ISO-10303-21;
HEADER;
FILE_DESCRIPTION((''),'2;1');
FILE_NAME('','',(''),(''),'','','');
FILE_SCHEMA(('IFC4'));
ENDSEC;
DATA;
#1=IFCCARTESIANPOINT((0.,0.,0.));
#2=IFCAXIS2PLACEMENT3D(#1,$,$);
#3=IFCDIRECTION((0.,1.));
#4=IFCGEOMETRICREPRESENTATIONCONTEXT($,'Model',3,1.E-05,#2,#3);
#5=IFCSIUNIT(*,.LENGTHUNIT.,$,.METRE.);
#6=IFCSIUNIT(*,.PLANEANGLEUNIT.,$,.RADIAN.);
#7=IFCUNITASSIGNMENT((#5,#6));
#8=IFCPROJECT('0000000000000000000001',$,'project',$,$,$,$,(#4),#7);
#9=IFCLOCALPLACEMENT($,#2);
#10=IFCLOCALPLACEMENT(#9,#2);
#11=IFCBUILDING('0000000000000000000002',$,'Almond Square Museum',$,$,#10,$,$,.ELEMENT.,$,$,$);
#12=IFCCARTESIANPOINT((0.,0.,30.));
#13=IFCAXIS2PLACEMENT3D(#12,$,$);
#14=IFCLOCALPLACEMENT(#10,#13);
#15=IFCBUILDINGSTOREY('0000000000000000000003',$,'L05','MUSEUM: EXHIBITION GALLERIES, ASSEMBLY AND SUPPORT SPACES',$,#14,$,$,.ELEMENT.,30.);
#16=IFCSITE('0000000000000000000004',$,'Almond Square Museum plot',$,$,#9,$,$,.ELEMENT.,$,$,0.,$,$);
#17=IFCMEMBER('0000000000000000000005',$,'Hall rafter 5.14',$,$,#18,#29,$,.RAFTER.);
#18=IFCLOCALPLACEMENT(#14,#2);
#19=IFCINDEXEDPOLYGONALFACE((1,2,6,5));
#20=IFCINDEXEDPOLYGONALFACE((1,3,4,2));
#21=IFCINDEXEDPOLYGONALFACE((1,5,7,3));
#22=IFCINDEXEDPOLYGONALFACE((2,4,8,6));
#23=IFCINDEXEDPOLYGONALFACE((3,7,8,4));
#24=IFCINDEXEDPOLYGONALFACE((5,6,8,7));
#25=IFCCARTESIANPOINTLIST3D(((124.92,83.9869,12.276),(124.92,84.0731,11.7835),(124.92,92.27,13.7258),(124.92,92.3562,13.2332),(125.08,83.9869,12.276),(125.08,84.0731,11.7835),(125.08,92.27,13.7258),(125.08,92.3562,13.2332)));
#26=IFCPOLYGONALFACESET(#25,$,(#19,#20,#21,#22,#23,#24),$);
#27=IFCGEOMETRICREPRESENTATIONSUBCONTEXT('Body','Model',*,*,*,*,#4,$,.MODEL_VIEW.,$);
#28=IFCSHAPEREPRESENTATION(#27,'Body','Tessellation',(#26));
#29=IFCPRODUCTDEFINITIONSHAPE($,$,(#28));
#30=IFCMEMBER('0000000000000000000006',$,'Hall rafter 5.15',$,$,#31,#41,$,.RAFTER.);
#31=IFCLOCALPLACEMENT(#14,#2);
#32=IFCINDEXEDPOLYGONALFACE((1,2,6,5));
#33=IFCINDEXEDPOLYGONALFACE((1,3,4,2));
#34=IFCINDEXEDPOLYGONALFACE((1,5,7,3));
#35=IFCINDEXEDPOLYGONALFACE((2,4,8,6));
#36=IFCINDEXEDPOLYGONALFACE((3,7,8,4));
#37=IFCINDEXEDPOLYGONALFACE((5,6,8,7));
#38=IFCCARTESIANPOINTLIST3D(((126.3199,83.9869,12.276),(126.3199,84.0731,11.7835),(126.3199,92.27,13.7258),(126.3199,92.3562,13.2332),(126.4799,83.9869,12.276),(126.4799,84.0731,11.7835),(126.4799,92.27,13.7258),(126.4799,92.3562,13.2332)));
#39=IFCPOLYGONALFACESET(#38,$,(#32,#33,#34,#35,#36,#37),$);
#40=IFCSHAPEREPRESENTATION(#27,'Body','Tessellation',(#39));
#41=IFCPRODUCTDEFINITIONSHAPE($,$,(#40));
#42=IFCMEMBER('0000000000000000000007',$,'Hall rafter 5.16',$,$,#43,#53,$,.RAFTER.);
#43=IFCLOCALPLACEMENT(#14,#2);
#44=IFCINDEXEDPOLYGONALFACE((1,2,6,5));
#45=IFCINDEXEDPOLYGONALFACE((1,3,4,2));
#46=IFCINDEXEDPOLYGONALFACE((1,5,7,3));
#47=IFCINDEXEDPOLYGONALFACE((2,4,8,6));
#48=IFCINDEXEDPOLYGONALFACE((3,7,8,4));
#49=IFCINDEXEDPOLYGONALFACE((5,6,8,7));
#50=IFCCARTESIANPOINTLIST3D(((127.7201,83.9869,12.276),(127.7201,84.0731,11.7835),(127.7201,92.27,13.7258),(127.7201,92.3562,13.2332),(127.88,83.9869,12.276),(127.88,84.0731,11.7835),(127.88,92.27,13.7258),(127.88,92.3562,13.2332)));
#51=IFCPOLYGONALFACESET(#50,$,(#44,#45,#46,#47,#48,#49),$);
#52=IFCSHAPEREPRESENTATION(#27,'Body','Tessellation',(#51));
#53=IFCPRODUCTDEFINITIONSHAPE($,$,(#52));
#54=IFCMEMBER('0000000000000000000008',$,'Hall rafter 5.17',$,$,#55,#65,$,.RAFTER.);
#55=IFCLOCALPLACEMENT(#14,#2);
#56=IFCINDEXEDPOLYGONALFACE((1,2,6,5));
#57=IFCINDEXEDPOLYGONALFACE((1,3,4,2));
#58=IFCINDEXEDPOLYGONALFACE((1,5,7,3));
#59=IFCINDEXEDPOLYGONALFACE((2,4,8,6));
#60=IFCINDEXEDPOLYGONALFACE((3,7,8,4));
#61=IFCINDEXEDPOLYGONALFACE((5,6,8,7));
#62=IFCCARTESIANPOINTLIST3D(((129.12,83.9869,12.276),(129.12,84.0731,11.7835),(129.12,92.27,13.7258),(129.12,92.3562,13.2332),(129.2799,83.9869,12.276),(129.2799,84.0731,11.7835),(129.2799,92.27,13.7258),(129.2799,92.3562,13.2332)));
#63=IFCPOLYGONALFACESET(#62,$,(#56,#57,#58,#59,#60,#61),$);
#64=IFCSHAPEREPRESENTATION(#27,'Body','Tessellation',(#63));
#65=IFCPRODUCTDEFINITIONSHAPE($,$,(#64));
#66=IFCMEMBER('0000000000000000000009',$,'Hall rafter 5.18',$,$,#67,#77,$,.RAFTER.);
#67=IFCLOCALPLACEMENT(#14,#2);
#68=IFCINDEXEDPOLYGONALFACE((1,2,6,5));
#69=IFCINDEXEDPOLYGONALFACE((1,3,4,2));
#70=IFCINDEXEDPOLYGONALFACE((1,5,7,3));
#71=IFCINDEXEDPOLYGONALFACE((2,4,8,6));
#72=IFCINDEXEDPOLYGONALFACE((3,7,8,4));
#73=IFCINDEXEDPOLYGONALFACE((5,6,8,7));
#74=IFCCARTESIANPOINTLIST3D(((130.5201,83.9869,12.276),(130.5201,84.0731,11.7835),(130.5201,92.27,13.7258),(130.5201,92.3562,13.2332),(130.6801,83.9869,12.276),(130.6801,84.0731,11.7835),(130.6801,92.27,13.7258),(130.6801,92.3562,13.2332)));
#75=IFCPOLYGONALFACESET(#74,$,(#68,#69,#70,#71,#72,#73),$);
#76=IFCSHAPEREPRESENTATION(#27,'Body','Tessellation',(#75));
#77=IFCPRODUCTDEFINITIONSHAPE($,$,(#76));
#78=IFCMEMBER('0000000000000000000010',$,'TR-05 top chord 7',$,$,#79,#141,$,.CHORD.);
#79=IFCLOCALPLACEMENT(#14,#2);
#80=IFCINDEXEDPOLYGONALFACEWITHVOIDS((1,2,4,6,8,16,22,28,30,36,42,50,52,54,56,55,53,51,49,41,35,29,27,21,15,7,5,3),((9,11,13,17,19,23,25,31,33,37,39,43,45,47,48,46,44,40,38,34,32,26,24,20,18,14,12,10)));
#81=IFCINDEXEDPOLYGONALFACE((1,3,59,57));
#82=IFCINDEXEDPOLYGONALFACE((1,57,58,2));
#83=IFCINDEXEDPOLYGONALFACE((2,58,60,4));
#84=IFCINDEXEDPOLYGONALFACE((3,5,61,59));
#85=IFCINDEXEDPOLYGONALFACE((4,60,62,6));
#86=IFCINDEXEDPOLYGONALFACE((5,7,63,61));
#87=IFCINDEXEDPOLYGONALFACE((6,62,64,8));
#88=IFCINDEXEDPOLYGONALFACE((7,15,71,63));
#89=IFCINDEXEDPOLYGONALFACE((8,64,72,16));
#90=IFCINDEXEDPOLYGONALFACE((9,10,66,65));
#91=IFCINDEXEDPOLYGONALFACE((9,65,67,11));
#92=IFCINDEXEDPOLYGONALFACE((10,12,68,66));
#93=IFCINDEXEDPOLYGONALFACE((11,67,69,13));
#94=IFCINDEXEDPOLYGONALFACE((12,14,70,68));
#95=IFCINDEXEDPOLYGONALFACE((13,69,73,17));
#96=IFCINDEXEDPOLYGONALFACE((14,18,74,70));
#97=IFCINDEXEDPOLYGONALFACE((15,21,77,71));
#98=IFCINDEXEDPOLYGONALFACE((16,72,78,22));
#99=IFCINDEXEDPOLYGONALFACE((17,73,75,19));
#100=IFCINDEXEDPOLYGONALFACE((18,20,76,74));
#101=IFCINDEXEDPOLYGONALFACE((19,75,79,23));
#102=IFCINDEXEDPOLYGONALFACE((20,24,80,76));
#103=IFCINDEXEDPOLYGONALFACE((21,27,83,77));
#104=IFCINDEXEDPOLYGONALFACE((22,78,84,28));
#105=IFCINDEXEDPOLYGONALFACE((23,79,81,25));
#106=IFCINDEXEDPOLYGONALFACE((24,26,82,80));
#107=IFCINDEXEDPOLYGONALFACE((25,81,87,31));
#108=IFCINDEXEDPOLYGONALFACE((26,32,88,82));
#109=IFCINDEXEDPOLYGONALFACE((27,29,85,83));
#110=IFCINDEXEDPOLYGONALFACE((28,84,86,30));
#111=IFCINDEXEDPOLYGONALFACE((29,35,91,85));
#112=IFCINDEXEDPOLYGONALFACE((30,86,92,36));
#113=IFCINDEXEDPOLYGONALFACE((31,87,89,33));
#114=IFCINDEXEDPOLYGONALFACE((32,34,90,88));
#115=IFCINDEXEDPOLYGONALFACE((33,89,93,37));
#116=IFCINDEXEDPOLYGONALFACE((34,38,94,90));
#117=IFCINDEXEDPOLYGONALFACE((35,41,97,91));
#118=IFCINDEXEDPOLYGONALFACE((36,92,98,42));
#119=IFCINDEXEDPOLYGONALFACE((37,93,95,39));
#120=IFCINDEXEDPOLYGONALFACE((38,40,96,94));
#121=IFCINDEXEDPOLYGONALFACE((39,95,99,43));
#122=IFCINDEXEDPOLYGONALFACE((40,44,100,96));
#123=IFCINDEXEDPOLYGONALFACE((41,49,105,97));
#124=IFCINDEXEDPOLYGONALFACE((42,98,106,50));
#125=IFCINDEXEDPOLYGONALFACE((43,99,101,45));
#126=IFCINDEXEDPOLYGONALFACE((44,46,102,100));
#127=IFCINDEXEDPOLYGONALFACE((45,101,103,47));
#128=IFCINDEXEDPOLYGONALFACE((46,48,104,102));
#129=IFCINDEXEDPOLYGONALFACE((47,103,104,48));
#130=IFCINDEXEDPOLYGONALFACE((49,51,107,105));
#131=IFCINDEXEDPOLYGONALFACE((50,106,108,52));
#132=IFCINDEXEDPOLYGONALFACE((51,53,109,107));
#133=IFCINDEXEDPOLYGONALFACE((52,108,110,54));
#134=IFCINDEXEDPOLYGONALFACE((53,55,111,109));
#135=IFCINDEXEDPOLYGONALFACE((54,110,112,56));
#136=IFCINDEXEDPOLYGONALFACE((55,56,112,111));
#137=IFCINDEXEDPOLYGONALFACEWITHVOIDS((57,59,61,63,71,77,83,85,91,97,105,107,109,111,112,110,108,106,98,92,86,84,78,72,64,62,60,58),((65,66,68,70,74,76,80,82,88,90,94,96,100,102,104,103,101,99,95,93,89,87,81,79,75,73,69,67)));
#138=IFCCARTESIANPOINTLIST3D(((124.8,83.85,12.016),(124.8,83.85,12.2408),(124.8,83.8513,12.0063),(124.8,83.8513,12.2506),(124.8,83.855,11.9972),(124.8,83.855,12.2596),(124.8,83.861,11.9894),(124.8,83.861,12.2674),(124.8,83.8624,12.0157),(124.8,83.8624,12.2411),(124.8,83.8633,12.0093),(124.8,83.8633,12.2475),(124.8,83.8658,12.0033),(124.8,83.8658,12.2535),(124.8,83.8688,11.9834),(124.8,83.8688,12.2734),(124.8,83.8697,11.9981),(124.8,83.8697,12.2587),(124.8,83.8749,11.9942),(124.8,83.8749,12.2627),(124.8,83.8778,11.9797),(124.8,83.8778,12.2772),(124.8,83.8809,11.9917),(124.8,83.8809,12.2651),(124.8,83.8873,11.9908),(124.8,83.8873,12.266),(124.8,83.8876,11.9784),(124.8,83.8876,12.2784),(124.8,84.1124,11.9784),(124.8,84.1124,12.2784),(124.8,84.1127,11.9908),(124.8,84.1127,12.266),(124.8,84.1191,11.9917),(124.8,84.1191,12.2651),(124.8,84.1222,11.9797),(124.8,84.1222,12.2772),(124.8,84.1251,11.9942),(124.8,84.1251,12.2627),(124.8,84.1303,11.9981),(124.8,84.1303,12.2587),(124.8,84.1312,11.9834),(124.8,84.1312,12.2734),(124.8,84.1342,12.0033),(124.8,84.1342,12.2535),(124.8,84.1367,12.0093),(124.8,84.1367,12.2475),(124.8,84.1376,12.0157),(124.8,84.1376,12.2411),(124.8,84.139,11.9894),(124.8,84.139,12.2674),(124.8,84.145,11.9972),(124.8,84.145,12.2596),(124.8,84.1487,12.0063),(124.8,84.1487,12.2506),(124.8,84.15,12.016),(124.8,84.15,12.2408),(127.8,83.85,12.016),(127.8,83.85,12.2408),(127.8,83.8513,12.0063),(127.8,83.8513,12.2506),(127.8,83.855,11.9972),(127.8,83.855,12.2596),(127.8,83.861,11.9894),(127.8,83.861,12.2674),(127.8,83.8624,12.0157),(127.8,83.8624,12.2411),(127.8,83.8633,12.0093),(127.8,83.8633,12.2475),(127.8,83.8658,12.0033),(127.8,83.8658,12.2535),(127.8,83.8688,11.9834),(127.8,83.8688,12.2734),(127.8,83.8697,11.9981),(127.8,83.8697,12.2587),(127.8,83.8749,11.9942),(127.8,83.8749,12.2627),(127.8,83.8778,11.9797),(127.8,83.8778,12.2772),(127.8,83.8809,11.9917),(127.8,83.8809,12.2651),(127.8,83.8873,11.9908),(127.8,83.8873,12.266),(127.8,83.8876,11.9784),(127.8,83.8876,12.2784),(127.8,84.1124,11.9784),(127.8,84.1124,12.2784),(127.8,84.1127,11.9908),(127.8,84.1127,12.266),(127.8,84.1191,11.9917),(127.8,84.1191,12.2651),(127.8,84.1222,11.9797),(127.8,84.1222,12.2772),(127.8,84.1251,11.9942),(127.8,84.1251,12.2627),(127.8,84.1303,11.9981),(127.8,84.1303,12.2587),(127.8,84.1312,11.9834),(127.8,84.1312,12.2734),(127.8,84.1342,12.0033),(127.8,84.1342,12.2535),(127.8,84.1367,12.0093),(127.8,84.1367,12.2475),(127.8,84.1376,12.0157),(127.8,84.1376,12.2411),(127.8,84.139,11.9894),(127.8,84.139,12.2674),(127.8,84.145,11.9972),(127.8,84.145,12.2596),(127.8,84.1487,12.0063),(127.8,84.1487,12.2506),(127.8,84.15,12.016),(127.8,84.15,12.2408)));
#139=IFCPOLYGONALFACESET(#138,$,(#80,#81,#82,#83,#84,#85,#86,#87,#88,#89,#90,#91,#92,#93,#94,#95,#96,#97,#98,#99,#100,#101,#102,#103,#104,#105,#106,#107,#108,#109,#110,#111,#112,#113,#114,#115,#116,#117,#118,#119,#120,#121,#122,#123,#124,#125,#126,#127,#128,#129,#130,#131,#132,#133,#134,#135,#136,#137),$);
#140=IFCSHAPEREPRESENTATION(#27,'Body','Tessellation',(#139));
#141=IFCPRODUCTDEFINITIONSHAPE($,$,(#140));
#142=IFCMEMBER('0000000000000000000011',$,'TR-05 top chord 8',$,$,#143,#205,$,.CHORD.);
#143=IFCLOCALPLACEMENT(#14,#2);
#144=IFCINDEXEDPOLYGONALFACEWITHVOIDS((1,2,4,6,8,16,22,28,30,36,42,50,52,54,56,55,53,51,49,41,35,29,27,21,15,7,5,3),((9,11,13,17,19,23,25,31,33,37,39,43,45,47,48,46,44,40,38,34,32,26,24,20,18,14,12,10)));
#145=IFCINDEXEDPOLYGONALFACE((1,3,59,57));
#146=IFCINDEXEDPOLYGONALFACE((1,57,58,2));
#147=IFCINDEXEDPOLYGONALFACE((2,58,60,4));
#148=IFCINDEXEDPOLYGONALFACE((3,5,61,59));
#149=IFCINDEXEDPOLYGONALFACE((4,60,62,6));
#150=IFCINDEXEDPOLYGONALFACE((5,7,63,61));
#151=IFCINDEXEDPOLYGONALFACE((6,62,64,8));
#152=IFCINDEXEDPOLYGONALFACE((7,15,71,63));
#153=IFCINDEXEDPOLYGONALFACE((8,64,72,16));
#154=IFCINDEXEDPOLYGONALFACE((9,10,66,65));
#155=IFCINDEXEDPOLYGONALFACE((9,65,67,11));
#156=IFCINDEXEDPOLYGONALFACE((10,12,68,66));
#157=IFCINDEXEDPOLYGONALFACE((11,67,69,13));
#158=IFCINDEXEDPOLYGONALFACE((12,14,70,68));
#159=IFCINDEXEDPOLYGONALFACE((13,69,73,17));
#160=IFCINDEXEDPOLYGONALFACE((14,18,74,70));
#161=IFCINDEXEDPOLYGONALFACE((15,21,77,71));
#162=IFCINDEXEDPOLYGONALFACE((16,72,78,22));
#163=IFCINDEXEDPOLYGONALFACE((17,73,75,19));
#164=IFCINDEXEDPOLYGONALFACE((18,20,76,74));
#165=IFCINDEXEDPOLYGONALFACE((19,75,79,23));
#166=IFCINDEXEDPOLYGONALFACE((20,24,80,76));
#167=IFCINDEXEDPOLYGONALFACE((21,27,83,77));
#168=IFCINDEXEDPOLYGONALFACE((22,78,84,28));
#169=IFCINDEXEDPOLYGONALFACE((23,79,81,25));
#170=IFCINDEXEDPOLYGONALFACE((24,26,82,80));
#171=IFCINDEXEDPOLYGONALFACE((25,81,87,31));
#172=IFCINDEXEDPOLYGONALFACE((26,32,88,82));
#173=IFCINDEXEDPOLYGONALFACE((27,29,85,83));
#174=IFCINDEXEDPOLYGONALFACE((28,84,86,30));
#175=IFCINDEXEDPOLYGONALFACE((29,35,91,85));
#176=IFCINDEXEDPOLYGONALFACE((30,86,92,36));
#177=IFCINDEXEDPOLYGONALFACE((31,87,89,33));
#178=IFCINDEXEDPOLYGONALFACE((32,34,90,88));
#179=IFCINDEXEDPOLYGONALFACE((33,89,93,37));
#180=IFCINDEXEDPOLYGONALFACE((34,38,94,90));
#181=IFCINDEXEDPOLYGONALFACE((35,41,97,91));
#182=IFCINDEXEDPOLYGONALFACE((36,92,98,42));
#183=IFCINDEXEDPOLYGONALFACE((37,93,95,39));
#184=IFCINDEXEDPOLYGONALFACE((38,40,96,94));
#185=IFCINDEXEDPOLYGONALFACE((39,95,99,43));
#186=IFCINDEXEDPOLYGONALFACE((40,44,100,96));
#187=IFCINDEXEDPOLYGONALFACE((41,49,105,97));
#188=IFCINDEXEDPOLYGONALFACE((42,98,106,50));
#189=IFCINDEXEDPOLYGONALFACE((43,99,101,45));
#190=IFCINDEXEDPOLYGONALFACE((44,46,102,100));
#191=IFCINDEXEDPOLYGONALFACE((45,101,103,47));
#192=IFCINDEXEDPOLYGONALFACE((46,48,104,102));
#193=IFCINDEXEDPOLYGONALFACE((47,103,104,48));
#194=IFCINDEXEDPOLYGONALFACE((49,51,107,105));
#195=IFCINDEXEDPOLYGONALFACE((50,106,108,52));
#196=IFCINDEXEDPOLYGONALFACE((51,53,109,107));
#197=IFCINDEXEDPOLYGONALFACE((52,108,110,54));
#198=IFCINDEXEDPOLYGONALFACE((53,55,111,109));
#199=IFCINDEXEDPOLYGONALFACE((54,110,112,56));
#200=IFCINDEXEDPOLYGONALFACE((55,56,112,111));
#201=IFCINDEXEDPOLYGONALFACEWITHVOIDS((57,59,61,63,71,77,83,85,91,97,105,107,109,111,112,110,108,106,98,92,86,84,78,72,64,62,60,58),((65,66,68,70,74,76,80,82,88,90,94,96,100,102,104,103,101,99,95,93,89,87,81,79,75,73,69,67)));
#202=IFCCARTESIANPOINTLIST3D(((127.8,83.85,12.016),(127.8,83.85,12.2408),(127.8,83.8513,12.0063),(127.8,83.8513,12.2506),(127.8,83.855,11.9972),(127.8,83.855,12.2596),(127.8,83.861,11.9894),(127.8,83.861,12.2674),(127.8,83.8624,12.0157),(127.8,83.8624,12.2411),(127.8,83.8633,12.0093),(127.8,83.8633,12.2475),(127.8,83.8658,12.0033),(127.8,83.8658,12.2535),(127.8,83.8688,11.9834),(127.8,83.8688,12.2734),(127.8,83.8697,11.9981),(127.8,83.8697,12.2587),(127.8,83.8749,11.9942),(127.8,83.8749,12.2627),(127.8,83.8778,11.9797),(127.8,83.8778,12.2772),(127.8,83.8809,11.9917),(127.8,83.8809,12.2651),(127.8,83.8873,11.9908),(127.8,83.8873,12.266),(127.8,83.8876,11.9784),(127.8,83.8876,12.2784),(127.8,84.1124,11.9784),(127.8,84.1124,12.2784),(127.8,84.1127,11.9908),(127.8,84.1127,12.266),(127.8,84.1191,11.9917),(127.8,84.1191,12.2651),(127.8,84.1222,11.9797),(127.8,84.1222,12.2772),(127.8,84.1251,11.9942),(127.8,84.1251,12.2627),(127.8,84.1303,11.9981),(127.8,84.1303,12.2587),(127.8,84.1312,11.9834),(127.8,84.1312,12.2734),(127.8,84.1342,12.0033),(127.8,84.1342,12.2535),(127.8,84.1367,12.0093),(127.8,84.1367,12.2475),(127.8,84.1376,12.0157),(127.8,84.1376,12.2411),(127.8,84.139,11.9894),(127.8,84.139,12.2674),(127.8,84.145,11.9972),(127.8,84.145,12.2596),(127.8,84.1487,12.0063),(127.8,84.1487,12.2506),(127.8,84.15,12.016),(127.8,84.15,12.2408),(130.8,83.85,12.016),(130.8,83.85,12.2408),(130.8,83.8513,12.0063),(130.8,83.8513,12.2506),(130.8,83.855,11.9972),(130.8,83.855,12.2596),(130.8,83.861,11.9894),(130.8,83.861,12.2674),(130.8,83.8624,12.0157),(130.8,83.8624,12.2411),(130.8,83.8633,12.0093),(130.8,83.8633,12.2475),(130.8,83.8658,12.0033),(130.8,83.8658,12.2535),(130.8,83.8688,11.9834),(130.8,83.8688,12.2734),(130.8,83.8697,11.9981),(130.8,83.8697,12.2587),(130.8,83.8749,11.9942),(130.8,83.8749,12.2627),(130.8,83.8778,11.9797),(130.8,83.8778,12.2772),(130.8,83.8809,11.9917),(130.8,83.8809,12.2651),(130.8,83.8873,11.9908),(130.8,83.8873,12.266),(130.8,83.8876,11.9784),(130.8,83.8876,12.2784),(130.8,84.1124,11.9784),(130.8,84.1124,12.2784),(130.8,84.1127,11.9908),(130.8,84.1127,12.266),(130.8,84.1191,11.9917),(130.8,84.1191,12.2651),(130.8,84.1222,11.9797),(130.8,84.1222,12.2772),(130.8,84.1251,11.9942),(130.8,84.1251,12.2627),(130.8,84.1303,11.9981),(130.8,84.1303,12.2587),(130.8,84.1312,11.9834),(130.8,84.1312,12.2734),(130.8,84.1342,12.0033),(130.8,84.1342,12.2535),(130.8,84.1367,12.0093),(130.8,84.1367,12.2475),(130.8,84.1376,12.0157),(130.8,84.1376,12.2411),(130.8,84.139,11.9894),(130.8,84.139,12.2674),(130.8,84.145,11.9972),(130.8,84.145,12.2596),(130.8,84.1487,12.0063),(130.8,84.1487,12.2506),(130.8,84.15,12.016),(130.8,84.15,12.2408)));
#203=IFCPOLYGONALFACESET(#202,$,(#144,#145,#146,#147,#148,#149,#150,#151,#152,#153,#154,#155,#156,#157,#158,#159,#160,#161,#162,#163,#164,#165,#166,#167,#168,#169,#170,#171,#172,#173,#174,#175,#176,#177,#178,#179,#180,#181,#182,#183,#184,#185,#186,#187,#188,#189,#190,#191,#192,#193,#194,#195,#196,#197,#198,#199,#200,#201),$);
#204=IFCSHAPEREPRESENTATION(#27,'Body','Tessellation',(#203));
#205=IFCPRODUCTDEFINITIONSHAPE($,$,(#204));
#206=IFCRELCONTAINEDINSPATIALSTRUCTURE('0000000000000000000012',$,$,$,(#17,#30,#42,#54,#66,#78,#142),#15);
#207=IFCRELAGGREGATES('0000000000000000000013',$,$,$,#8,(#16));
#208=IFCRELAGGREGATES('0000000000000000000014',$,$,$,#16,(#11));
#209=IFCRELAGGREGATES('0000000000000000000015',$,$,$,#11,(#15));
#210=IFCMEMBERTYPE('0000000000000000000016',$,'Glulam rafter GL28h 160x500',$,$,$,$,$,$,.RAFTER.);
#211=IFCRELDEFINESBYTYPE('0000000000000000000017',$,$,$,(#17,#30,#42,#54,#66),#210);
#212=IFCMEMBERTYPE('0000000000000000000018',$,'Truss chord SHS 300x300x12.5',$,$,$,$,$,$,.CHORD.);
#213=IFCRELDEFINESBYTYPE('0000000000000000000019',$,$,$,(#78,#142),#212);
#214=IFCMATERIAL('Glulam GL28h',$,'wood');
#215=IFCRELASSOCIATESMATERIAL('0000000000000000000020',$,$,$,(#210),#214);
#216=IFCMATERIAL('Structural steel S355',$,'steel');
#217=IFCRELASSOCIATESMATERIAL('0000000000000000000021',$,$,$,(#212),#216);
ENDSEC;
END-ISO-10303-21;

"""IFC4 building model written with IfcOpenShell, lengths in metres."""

from ifc_helpers import new_model, si_unit, direction, frame, origin, origin_2d, place, context, subcontext, project, spatial, rectangle, hollow_rectangle, extrude, material, material_profile, profile_set, type_object, element, save


model = new_model("IFC4")

# Units and contexts
model_context = context("Model", 3, precision=1e-05, world=origin(), true_north=direction((0.0, 1.0)))
body_context = subcontext(model_context, "Body", "Model", "MODEL_VIEW")
ifc_project = project(units=[si_unit("LENGTHUNIT", "METRE"), si_unit("PLANEANGLEUNIT", "RADIAN")], contexts=[model_context])

# Site, building, storey
site_placement = place(None, origin())
site = spatial("IfcSite", under=ifc_project, at=site_placement, Name="Almond Square Museum plot", CompositionType="ELEMENT", RefElevation=0.0)
building_placement = place(site_placement, origin())
building = spatial("IfcBuilding", under=site, at=building_placement, Name="Almond Square Museum", CompositionType="ELEMENT")
storey_placement = place(building_placement, frame((0.0, 0.0, 30.0)))
storey = spatial("IfcBuildingStorey", under=building, at=storey_placement, Name="L05", Description="MUSEUM: EXHIBITION GALLERIES, ASSEMBLY AND SUPPORT SPACES", CompositionType="ELEMENT", Elevation=30.0)

# Members
ifc_material_1 = material(Name="Glulam GL28h", Category="wood")
ifc_material_profile_1 = material_profile(ifc_material_1, rectangle(XDim=0.1599, YDim=0.5, at=origin_2d()))
ifc_profile_set_1 = profile_set([ifc_material_profile_1], Name="Glulam GL28h")
member_type_1 = type_object("IfcMemberType", Name="Glulam rafter GL28h 160x500", PredefinedType="RAFTER", material=ifc_profile_set_1)
for number, where, z_axis, x_axis, name in (
    (1, (125.0, 84.03, 12.0298), (0.0, 0.985027, 0.172402), (-1.0, 0.0, 0.0), "Hall rafter 5.14"),
    (2, (126.3999, 84.03, 12.0298), (0.0, 0.985027, 0.172402), (-1.0, 0.0, 0.0), "Hall rafter 5.15"),
    (3, (127.8, 84.03, 12.0298), (0.0, 0.985027, 0.172402), (-1.0, 0.0, 0.0), "Hall rafter 5.16"),
    (4, (129.2, 84.03, 12.0298), (0.0, 0.985027, 0.172402), (-1.0, 0.0, 0.0), "Hall rafter 5.17"),
    (5, (130.6001, 84.03, 12.0298), (0.0, 0.985027, 0.172402), (-1.0, 0.0, 0.0), "Hall rafter 5.18"),
):
    element("IfcMember", number, at=place(storey_placement, frame(where, z_axis=z_axis, x_axis=x_axis)), inside=storey, type_object=member_type_1, Name=name, PredefinedType="RAFTER", context=body_context, shape_type="SweptSolid", body=[
        extrude(rectangle(XDim=0.1599, YDim=0.5, at=origin_2d()), origin(), (0.0, 0.0, 1.0), 8.4089),
    ])
ifc_material_2 = material(Name="Structural steel S355", Category="steel")
ifc_material_profile_2 = material_profile(ifc_material_2, hollow_rectangle(XDim=0.3, YDim=0.3, WallThickness=0.0125, InnerFilletRadius=0.0249, OuterFilletRadius=0.0376, at=origin_2d()))
ifc_profile_set_2 = profile_set([ifc_material_profile_2], Name="Structural steel S355")
member_type_2 = type_object("IfcMemberType", Name="Truss chord SHS 300x300x12.5", PredefinedType="CHORD", material=ifc_profile_set_2)
for number, where, z_axis, x_axis, name in (
    (6, (124.8, 84.0, 12.1284), (1.0, 0.0, 0.0), (0.0, 1.0, 0.0), "TR-05 top chord 7"),
    (7, (127.8, 84.0, 12.1284), (1.0, 0.0, 0.0), (0.0, 1.0, 0.0), "TR-05 top chord 8"),
):
    element("IfcMember", number, at=place(storey_placement, frame(where, z_axis=z_axis, x_axis=x_axis)), inside=storey, type_object=member_type_2, Name=name, PredefinedType="CHORD", context=body_context, shape_type="SweptSolid", body=[
        extrude(hollow_rectangle(XDim=0.3, YDim=0.3, WallThickness=0.0125, InnerFilletRadius=0.0249, OuterFilletRadius=0.0376, at=origin_2d()), origin(), (0.0, 0.0, 1.0), 3.0),
    ])

save(model, "model.ifc")
